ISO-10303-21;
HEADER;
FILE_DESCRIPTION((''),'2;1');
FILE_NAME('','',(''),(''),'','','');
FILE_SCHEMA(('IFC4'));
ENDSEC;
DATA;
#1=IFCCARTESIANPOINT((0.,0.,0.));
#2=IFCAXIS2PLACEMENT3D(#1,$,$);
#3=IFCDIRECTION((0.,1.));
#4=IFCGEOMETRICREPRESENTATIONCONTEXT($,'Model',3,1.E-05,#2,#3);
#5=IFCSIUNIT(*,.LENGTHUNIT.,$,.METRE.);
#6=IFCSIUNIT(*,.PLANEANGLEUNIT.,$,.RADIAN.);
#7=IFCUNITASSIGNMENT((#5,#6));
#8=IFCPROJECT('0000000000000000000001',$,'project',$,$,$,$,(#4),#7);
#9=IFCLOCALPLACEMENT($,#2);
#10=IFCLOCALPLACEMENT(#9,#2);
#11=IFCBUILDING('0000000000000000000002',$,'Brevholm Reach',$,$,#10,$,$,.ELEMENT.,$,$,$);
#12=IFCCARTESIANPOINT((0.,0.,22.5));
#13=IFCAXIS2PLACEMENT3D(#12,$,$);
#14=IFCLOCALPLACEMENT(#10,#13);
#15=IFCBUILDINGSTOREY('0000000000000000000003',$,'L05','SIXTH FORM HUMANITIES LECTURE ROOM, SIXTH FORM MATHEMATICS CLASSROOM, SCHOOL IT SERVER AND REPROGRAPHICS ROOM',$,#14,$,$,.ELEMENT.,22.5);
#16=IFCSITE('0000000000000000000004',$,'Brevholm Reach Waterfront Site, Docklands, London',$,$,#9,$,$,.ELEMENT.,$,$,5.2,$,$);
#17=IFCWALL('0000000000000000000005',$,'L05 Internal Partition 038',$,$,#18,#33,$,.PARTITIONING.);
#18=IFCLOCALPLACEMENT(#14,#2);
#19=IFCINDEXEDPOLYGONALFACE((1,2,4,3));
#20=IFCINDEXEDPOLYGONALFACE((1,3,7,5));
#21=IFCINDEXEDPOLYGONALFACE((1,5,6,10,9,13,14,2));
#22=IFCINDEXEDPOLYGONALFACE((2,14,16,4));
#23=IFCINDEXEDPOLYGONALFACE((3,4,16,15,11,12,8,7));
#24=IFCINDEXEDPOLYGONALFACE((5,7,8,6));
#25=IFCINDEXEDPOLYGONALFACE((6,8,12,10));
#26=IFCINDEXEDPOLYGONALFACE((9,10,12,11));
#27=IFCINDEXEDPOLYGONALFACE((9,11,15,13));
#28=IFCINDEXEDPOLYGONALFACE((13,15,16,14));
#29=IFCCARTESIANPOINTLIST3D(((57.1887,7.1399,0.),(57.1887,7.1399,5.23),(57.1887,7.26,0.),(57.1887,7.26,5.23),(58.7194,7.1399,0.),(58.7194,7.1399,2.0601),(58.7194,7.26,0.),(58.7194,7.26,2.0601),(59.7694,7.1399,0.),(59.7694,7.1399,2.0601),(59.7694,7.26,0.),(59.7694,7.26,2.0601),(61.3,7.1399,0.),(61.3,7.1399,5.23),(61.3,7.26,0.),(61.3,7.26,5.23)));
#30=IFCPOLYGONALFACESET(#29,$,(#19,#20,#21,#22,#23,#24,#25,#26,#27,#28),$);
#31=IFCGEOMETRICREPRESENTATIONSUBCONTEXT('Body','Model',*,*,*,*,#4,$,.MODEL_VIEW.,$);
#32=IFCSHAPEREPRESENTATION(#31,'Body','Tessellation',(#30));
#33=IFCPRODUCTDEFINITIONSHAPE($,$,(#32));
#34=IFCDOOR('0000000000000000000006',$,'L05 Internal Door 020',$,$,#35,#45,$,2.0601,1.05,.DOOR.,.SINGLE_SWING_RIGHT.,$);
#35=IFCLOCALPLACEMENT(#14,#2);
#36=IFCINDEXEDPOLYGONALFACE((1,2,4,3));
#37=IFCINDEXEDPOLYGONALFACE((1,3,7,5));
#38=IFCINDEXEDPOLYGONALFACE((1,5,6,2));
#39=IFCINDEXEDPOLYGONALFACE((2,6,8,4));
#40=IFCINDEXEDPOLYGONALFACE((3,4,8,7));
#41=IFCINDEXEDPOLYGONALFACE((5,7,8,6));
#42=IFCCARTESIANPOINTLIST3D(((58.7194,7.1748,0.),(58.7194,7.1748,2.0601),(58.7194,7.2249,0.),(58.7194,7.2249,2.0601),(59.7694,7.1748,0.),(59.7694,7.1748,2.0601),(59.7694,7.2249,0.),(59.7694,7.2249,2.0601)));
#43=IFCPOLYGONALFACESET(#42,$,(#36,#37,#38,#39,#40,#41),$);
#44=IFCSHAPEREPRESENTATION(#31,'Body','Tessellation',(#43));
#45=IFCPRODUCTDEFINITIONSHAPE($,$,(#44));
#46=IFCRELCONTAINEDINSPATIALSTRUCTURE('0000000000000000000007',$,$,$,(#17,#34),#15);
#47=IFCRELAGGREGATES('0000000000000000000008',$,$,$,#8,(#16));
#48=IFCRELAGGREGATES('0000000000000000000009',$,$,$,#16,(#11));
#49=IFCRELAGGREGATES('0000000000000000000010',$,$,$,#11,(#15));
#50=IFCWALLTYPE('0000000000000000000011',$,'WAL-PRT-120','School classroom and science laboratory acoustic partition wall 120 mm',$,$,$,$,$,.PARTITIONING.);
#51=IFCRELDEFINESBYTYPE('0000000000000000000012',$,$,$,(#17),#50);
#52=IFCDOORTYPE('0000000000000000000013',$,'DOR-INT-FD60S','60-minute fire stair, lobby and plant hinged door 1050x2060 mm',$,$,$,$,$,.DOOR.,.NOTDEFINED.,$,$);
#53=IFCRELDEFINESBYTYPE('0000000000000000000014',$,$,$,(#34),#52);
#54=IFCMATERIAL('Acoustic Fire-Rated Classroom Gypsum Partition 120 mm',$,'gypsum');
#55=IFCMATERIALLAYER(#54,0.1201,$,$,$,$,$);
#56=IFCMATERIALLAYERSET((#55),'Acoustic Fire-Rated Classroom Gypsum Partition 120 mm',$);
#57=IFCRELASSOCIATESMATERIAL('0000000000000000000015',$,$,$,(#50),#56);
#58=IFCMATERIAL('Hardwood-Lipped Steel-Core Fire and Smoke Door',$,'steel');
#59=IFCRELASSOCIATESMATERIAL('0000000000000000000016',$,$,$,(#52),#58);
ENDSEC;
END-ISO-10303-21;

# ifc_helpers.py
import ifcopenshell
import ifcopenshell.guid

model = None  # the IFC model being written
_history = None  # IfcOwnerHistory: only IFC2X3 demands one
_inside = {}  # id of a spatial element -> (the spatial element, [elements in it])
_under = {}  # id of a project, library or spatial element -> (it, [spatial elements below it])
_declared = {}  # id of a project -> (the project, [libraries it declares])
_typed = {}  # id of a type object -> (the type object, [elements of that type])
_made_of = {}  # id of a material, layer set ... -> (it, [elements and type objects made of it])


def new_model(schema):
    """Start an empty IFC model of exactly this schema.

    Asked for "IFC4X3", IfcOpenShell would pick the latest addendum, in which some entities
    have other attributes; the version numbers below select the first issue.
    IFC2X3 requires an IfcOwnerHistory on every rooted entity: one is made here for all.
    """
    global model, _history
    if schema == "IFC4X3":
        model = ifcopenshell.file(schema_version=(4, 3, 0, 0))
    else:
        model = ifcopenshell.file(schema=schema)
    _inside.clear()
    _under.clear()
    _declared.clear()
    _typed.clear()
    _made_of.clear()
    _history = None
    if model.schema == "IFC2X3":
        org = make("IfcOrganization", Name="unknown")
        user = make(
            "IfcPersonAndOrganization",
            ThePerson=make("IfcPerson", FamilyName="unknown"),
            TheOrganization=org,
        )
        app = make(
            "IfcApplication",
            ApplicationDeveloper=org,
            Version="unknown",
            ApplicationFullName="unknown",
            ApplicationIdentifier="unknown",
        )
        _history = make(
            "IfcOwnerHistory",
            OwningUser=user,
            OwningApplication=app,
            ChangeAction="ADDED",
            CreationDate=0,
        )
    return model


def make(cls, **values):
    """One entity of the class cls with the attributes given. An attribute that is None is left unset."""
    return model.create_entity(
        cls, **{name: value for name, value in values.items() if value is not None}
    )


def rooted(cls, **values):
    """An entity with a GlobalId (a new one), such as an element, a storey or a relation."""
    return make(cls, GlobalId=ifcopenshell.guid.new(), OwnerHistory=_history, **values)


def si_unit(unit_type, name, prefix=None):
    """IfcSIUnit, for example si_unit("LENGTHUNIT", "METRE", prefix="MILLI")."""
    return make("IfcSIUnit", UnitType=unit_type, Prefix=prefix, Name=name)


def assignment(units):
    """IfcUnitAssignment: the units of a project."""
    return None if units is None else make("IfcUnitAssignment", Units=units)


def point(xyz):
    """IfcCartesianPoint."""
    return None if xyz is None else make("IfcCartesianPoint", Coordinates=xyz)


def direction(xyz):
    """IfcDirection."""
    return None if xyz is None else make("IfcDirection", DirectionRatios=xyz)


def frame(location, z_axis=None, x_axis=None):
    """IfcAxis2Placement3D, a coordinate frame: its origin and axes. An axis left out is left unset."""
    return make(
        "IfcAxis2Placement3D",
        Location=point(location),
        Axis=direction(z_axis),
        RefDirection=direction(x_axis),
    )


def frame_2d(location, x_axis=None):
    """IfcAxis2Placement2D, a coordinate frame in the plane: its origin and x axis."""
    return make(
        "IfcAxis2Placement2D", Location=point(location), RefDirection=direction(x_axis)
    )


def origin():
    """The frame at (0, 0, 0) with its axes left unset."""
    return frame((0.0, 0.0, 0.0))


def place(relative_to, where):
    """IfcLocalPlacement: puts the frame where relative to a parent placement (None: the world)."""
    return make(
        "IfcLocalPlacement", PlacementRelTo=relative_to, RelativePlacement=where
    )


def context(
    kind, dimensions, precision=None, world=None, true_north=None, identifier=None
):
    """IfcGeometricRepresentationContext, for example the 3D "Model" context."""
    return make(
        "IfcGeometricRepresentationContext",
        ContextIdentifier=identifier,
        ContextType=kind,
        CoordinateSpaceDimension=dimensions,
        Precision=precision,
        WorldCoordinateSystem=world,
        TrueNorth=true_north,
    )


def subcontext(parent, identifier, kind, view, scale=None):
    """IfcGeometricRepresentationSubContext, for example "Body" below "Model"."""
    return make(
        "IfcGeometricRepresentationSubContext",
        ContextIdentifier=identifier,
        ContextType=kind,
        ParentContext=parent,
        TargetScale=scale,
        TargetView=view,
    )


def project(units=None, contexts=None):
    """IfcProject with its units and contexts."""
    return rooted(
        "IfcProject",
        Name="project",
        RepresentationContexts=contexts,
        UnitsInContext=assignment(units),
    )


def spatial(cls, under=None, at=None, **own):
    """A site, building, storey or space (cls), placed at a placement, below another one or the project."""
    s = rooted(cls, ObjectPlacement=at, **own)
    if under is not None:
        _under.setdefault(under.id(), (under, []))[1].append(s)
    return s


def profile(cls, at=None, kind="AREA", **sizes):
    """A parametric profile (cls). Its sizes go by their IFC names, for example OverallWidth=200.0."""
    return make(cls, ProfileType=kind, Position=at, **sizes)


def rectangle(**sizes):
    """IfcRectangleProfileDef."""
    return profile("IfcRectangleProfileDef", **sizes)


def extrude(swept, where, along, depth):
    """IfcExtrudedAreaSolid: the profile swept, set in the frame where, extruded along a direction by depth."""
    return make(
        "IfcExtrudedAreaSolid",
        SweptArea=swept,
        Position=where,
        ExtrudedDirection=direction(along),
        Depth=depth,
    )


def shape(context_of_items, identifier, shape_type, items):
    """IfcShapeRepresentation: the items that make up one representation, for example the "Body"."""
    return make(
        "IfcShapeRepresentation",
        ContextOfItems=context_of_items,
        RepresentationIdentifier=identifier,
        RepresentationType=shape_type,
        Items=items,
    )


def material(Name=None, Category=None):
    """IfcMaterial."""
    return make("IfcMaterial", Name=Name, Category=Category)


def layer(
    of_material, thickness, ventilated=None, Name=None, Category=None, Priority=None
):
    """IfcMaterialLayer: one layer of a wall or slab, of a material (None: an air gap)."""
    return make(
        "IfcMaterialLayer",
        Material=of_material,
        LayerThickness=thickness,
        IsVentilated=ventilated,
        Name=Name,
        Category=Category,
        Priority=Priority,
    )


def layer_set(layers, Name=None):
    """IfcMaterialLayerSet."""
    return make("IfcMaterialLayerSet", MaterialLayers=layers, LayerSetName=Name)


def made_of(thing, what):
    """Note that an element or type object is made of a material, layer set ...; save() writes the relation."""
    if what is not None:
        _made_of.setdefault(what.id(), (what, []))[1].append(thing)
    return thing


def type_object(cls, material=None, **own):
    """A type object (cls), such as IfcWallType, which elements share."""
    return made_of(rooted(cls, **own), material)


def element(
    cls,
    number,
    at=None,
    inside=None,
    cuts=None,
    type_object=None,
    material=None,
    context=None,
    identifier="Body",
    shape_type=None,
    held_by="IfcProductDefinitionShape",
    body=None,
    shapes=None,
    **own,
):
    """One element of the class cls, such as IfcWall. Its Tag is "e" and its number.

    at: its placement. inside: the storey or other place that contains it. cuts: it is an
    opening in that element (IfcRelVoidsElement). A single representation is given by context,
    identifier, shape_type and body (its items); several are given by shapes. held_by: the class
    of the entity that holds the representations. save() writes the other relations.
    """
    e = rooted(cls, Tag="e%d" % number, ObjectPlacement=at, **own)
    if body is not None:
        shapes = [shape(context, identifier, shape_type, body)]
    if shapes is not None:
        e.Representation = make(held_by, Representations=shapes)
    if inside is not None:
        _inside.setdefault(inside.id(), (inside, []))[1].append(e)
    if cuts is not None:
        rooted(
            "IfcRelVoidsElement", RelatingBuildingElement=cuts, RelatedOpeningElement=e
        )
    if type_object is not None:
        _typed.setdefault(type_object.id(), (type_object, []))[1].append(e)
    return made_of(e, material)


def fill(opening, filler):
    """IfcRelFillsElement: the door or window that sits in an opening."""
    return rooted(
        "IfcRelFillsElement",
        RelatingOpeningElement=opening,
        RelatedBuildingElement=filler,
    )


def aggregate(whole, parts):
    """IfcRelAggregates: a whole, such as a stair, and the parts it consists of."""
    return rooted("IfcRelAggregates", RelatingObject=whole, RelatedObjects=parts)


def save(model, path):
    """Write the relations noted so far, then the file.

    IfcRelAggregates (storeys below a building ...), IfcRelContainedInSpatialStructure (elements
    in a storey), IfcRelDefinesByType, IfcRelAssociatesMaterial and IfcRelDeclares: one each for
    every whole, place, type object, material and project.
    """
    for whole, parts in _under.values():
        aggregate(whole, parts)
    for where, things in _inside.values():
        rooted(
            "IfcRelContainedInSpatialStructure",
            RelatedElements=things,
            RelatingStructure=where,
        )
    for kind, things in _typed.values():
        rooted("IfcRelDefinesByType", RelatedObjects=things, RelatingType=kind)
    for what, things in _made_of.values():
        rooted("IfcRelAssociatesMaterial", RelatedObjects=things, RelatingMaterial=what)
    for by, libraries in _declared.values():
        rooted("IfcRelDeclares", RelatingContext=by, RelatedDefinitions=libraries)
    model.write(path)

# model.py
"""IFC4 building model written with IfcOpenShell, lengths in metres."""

from ifc_helpers import new_model, si_unit, direction, frame, frame_2d, origin, place, context, subcontext, project, spatial, rectangle, extrude, material, layer, layer_set, type_object, element, fill, save


model = new_model("IFC4")

# Units and contexts
model_context = context("Model", 3, precision=1e-05, world=origin(), true_north=direction((0.0, 1.0)))
body_context = subcontext(model_context, "Body", "Model", "MODEL_VIEW")
ifc_project = project(units=[si_unit("LENGTHUNIT", "METRE"), si_unit("PLANEANGLEUNIT", "RADIAN")], contexts=[model_context])

# Site, building, storey
site_placement = place(None, origin())
site = spatial("IfcSite", under=ifc_project, at=site_placement, Name="Brevholm Reach Waterfront Site, Docklands, London", CompositionType="ELEMENT", RefElevation=5.2)
building_placement = place(site_placement, origin())
building = spatial("IfcBuilding", under=site, at=building_placement, Name="Brevholm Reach", CompositionType="ELEMENT")
storey_placement = place(building_placement, frame((0.0, 0.0, 22.5)))
storey = spatial("IfcBuildingStorey", under=building, at=storey_placement, Name="L05", Description="SIXTH FORM HUMANITIES LECTURE ROOM, SIXTH FORM MATHEMATICS CLASSROOM, SCHOOL IT SERVER AND REPROGRAPHICS ROOM", CompositionType="ELEMENT", Elevation=22.5)

# Wall, opening, door
ifc_material_1 = material(Name="Acoustic Fire-Rated Classroom Gypsum Partition 120 mm", Category="gypsum")
ifc_layer_1 = layer(ifc_material_1, 0.1201)
ifc_layer_set_1 = layer_set([ifc_layer_1], Name="Acoustic Fire-Rated Classroom Gypsum Partition 120 mm")
wall_type_1 = type_object("IfcWallType", Name="WAL-PRT-120", Description="School classroom and science laboratory acoustic partition wall 120 mm", PredefinedType="PARTITIONING", material=ifc_layer_set_1)
wall_1_placement = place(storey_placement, frame((57.1887, 7.2, 0.0), z_axis=(0.0, 0.0, 1.0), x_axis=(1.0, 0.0, 0.0)))
wall_1 = element("IfcWall", 1, at=wall_1_placement, inside=storey, type_object=wall_type_1, Name="L05 Internal Partition 038", PredefinedType="PARTITIONING", context=body_context, shape_type="SweptSolid", body=[
    extrude(rectangle(XDim=4.1113, YDim=0.1201, at=frame_2d((2.0557, 0.0))), origin(), (0.0, 0.0, 1.0), 5.23),
])
opening_1_placement = place(wall_1_placement, frame((1.5308, 0.0, 0.0)))
opening_1 = element("IfcOpeningElement", 2, at=opening_1_placement, cuts=wall_1, PredefinedType="OPENING", context=body_context, shape_type="SweptSolid", body=[
    extrude(rectangle(XDim=1.05, YDim=2.0601, at=frame_2d((0.5249, 1.03))), frame((0.0, 0.0701, 0.0), z_axis=(0.0, -1.0, 0.0), x_axis=(1.0, 0.0, 0.0)), (0.0, 0.0, 1.0), 0.1401),
])
ifc_material_2 = material(Name="Hardwood-Lipped Steel-Core Fire and Smoke Door", Category="steel")
door_type_1 = type_object("IfcDoorType", Name="DOR-INT-FD60S", Description="60-minute fire stair, lobby and plant hinged door 1050x2060 mm", OperationType="NOTDEFINED", PredefinedType="DOOR", material=ifc_material_2)
door_1_placement = place(opening_1_placement, origin())
door_1 = element("IfcDoor", 3, at=door_1_placement, inside=storey, type_object=door_type_1, Name="L05 Internal Door 020", OperationType="SINGLE_SWING_RIGHT", OverallHeight=2.0601, OverallWidth=1.05, PredefinedType="DOOR", context=body_context, shape_type="SweptSolid", body=[
    extrude(rectangle(XDim=1.05, YDim=2.0601, at=frame_2d((0.5249, 1.03))), frame((0.0, 0.0249, 0.0), z_axis=(0.0, -1.0, 0.0), x_axis=(1.0, 0.0, 0.0)), (0.0, 0.0, 1.0), 0.05),
])
fill(opening_1, door_1)

save(model, "model.ifc")
